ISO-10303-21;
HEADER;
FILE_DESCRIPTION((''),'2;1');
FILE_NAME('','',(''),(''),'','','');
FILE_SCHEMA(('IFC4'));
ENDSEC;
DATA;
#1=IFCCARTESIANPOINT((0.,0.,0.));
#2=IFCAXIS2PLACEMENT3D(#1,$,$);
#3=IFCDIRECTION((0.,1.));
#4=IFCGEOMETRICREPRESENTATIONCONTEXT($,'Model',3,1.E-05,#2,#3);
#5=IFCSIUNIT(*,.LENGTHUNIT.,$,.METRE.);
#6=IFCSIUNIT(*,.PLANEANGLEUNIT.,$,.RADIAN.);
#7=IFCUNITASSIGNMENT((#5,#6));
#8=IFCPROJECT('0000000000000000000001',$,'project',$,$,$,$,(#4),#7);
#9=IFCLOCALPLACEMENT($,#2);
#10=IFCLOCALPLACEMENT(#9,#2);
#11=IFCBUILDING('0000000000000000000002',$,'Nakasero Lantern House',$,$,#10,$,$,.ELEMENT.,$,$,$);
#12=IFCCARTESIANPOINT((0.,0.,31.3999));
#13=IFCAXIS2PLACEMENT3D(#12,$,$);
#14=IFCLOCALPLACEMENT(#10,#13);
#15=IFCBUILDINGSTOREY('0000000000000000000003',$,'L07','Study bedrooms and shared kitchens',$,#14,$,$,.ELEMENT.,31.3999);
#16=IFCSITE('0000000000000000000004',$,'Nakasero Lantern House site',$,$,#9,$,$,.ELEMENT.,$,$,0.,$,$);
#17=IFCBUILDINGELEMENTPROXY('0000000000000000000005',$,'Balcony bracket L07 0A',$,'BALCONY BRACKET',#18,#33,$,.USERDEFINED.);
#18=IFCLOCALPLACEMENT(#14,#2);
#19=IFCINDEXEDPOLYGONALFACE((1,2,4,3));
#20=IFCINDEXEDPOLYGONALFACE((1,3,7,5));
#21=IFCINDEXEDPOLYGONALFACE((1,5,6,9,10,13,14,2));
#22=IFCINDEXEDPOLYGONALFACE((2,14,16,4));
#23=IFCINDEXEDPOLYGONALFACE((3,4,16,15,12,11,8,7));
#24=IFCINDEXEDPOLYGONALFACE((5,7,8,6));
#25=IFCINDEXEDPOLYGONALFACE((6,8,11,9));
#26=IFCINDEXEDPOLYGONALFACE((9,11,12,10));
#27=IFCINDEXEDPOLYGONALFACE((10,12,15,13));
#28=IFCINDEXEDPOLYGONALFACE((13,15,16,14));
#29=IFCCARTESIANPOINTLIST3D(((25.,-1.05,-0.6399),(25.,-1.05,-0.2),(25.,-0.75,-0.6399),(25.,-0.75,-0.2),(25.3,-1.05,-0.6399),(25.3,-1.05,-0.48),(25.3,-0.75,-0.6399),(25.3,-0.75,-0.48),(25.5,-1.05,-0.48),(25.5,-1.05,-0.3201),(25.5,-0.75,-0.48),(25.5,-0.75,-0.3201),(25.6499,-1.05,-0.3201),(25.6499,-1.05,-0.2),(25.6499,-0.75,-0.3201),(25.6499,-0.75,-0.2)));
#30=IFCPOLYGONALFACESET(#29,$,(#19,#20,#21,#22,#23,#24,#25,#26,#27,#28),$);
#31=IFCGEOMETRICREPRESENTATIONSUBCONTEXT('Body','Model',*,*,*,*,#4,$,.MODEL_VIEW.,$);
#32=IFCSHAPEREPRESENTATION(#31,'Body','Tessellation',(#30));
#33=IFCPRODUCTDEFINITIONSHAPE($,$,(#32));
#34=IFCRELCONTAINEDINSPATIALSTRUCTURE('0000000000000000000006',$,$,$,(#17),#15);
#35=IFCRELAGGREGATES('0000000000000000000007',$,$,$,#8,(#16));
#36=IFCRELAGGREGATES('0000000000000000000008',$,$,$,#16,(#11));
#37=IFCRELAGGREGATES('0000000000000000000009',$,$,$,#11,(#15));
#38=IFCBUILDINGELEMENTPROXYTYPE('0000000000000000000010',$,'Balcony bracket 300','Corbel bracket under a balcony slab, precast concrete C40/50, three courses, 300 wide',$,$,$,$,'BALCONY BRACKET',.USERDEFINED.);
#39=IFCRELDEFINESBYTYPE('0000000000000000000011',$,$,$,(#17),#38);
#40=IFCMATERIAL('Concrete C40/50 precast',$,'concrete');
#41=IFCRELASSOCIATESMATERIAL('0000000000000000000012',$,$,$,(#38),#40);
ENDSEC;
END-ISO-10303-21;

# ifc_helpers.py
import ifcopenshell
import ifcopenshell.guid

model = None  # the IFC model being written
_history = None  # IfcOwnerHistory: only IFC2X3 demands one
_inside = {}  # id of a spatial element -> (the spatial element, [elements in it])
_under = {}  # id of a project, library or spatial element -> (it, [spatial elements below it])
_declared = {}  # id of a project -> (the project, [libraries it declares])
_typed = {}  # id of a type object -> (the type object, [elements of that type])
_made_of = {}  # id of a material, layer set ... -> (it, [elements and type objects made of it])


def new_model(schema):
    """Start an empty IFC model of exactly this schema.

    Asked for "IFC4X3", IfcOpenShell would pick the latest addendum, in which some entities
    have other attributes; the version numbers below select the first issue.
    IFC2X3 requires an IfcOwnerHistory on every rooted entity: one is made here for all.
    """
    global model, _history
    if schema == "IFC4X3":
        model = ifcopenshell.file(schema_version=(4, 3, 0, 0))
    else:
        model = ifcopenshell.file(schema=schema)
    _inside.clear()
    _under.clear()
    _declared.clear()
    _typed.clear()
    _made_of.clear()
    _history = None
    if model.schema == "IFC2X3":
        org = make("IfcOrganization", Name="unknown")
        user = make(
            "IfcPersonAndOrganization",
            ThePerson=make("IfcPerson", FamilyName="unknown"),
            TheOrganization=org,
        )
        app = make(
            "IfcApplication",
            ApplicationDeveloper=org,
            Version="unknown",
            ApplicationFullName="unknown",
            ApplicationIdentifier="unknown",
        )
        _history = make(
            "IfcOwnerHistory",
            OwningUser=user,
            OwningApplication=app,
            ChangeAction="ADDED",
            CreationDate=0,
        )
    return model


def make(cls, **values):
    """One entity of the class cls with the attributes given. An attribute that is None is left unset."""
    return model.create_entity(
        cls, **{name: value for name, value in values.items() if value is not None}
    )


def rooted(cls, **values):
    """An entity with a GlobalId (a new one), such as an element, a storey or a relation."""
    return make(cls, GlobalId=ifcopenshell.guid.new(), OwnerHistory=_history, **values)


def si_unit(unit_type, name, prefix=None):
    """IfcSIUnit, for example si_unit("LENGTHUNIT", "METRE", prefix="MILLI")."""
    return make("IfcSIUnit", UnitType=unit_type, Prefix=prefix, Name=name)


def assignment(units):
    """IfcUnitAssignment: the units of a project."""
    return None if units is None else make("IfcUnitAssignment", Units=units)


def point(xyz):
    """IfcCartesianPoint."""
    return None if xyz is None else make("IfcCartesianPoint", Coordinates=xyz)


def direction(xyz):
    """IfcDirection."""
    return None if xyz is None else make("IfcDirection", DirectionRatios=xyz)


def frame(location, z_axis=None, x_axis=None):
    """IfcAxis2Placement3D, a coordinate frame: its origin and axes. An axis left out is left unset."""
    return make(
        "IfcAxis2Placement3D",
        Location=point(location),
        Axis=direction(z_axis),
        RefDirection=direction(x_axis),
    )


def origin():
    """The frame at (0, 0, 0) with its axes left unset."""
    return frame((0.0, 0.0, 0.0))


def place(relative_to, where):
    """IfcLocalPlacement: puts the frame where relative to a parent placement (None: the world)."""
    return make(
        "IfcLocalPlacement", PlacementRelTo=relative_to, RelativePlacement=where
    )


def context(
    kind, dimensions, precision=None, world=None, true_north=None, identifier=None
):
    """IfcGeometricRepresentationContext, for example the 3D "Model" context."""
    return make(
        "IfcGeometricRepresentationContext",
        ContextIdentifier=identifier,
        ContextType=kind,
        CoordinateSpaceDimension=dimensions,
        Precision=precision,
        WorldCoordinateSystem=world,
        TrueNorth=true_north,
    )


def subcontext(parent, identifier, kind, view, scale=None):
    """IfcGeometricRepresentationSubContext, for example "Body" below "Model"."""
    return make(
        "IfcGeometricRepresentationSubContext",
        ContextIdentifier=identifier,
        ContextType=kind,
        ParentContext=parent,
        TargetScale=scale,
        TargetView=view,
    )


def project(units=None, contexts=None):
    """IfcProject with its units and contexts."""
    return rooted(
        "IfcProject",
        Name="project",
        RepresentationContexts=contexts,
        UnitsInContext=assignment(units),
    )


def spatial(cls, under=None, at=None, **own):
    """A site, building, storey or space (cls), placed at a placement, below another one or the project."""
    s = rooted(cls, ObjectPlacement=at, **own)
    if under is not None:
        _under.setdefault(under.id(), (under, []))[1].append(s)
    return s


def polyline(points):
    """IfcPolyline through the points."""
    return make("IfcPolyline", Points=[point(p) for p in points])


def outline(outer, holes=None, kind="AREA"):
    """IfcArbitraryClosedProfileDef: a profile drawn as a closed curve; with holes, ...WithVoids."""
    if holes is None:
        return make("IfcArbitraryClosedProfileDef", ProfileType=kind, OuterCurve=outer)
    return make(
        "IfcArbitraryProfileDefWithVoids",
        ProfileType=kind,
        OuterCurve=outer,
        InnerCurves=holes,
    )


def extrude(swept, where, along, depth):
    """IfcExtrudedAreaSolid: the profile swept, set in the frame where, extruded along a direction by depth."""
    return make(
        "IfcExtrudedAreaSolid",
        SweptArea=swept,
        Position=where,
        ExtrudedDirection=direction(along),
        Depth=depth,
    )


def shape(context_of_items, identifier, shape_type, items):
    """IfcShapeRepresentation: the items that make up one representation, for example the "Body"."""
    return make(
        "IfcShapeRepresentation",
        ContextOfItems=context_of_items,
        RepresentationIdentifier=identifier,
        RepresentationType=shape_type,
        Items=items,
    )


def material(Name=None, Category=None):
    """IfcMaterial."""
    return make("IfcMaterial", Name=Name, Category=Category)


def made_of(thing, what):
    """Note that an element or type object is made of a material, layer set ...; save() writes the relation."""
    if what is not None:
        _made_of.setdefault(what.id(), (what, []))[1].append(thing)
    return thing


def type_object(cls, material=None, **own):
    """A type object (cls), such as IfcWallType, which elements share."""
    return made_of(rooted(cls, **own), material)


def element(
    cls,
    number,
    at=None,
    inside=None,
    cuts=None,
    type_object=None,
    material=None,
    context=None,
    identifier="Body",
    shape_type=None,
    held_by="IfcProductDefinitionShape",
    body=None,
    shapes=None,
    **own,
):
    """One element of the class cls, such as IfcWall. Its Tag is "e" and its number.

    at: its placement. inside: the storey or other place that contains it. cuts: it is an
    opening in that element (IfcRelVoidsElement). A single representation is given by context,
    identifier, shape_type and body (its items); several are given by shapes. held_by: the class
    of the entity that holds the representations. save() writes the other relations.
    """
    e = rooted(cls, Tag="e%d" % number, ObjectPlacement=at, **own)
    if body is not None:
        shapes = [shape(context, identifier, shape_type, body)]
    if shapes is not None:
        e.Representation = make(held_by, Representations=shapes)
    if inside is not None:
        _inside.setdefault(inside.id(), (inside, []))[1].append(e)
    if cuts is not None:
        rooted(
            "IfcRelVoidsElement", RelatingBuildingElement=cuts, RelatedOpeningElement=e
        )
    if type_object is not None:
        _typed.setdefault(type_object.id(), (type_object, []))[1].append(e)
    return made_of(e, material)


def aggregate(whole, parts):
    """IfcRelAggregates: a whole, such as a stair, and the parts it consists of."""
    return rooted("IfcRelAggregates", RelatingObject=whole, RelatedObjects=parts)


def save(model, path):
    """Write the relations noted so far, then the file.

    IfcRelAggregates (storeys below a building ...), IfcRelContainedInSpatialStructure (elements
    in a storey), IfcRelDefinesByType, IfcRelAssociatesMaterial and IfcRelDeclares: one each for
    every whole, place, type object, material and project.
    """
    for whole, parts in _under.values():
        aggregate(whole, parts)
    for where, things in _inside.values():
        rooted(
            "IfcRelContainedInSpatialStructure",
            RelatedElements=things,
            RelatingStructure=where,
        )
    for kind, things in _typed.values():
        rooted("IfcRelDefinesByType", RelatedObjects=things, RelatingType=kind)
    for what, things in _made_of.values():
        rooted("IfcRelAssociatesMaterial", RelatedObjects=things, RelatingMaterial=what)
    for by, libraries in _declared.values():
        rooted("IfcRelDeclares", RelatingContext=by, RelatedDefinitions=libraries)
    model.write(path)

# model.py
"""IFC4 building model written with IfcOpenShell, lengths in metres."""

from ifc_helpers import new_model, si_unit, direction, frame, origin, place, context, subcontext, project, spatial, polyline, outline, extrude, material, type_object, element, save


model = new_model("IFC4")

# Units and contexts
model_context = context("Model", 3, precision=1e-05, world=origin(), true_north=direction((0.0, 1.0)))
body_context = subcontext(model_context, "Body", "Model", "MODEL_VIEW")
ifc_project = project(units=[si_unit("LENGTHUNIT", "METRE"), si_unit("PLANEANGLEUNIT", "RADIAN")], contexts=[model_context])

# Site, building, storey
site_placement = place(None, origin())
site = spatial("IfcSite", under=ifc_project, at=site_placement, Name="Nakasero Lantern House site", CompositionType="ELEMENT", RefElevation=0.0)
building_placement = place(site_placement, origin())
building = spatial("IfcBuilding", under=site, at=building_placement, Name="Nakasero Lantern House", CompositionType="ELEMENT")
storey_placement = place(building_placement, frame((0.0, 0.0, 31.3999)))
storey = spatial("IfcBuildingStorey", under=building, at=storey_placement, Name="L07", Description="Study bedrooms and shared kitchens", CompositionType="ELEMENT", Elevation=31.3999)

# Building element proxy
ifc_material_1 = material(Name="Concrete C40/50 precast", Category="concrete")
building_element_proxy_type = type_object("IfcBuildingElementProxyType", Name="Balcony bracket 300", Description="Corbel bracket under a balcony slab, precast concrete C40/50, three courses, 300 wide", ElementType="BALCONY BRACKET", PredefinedType="USERDEFINED", material=ifc_material_1)
proxy_placement = place(storey_placement, frame((25.0, -0.8999, -0.2), z_axis=(0.0, 0.0, 1.0), x_axis=(1.0, 0.0, 0.0)))
element("IfcBuildingElementProxy", 1, at=proxy_placement, inside=storey, type_object=building_element_proxy_type, Name="Balcony bracket L07 0A", ObjectType="BALCONY BRACKET", PredefinedType="USERDEFINED", context=body_context, shape_type="SweptSolid", body=[
    extrude(outline(polyline([(0.0, 0.0), (0.6499, 0.0), (0.6499, -0.1201), (0.5, -0.1201), (0.5, -0.28), (0.3, -0.28), (0.3, -0.4399), (0.0, -0.4399), (0.0, 0.0)])), frame((0.0, 0.1499, 0.0), z_axis=(0.0, -1.0, 0.0), x_axis=(1.0, 0.0, 0.0)), (0.0, 0.0, 1.0), 0.3),
])

save(model, "model.ifc")
